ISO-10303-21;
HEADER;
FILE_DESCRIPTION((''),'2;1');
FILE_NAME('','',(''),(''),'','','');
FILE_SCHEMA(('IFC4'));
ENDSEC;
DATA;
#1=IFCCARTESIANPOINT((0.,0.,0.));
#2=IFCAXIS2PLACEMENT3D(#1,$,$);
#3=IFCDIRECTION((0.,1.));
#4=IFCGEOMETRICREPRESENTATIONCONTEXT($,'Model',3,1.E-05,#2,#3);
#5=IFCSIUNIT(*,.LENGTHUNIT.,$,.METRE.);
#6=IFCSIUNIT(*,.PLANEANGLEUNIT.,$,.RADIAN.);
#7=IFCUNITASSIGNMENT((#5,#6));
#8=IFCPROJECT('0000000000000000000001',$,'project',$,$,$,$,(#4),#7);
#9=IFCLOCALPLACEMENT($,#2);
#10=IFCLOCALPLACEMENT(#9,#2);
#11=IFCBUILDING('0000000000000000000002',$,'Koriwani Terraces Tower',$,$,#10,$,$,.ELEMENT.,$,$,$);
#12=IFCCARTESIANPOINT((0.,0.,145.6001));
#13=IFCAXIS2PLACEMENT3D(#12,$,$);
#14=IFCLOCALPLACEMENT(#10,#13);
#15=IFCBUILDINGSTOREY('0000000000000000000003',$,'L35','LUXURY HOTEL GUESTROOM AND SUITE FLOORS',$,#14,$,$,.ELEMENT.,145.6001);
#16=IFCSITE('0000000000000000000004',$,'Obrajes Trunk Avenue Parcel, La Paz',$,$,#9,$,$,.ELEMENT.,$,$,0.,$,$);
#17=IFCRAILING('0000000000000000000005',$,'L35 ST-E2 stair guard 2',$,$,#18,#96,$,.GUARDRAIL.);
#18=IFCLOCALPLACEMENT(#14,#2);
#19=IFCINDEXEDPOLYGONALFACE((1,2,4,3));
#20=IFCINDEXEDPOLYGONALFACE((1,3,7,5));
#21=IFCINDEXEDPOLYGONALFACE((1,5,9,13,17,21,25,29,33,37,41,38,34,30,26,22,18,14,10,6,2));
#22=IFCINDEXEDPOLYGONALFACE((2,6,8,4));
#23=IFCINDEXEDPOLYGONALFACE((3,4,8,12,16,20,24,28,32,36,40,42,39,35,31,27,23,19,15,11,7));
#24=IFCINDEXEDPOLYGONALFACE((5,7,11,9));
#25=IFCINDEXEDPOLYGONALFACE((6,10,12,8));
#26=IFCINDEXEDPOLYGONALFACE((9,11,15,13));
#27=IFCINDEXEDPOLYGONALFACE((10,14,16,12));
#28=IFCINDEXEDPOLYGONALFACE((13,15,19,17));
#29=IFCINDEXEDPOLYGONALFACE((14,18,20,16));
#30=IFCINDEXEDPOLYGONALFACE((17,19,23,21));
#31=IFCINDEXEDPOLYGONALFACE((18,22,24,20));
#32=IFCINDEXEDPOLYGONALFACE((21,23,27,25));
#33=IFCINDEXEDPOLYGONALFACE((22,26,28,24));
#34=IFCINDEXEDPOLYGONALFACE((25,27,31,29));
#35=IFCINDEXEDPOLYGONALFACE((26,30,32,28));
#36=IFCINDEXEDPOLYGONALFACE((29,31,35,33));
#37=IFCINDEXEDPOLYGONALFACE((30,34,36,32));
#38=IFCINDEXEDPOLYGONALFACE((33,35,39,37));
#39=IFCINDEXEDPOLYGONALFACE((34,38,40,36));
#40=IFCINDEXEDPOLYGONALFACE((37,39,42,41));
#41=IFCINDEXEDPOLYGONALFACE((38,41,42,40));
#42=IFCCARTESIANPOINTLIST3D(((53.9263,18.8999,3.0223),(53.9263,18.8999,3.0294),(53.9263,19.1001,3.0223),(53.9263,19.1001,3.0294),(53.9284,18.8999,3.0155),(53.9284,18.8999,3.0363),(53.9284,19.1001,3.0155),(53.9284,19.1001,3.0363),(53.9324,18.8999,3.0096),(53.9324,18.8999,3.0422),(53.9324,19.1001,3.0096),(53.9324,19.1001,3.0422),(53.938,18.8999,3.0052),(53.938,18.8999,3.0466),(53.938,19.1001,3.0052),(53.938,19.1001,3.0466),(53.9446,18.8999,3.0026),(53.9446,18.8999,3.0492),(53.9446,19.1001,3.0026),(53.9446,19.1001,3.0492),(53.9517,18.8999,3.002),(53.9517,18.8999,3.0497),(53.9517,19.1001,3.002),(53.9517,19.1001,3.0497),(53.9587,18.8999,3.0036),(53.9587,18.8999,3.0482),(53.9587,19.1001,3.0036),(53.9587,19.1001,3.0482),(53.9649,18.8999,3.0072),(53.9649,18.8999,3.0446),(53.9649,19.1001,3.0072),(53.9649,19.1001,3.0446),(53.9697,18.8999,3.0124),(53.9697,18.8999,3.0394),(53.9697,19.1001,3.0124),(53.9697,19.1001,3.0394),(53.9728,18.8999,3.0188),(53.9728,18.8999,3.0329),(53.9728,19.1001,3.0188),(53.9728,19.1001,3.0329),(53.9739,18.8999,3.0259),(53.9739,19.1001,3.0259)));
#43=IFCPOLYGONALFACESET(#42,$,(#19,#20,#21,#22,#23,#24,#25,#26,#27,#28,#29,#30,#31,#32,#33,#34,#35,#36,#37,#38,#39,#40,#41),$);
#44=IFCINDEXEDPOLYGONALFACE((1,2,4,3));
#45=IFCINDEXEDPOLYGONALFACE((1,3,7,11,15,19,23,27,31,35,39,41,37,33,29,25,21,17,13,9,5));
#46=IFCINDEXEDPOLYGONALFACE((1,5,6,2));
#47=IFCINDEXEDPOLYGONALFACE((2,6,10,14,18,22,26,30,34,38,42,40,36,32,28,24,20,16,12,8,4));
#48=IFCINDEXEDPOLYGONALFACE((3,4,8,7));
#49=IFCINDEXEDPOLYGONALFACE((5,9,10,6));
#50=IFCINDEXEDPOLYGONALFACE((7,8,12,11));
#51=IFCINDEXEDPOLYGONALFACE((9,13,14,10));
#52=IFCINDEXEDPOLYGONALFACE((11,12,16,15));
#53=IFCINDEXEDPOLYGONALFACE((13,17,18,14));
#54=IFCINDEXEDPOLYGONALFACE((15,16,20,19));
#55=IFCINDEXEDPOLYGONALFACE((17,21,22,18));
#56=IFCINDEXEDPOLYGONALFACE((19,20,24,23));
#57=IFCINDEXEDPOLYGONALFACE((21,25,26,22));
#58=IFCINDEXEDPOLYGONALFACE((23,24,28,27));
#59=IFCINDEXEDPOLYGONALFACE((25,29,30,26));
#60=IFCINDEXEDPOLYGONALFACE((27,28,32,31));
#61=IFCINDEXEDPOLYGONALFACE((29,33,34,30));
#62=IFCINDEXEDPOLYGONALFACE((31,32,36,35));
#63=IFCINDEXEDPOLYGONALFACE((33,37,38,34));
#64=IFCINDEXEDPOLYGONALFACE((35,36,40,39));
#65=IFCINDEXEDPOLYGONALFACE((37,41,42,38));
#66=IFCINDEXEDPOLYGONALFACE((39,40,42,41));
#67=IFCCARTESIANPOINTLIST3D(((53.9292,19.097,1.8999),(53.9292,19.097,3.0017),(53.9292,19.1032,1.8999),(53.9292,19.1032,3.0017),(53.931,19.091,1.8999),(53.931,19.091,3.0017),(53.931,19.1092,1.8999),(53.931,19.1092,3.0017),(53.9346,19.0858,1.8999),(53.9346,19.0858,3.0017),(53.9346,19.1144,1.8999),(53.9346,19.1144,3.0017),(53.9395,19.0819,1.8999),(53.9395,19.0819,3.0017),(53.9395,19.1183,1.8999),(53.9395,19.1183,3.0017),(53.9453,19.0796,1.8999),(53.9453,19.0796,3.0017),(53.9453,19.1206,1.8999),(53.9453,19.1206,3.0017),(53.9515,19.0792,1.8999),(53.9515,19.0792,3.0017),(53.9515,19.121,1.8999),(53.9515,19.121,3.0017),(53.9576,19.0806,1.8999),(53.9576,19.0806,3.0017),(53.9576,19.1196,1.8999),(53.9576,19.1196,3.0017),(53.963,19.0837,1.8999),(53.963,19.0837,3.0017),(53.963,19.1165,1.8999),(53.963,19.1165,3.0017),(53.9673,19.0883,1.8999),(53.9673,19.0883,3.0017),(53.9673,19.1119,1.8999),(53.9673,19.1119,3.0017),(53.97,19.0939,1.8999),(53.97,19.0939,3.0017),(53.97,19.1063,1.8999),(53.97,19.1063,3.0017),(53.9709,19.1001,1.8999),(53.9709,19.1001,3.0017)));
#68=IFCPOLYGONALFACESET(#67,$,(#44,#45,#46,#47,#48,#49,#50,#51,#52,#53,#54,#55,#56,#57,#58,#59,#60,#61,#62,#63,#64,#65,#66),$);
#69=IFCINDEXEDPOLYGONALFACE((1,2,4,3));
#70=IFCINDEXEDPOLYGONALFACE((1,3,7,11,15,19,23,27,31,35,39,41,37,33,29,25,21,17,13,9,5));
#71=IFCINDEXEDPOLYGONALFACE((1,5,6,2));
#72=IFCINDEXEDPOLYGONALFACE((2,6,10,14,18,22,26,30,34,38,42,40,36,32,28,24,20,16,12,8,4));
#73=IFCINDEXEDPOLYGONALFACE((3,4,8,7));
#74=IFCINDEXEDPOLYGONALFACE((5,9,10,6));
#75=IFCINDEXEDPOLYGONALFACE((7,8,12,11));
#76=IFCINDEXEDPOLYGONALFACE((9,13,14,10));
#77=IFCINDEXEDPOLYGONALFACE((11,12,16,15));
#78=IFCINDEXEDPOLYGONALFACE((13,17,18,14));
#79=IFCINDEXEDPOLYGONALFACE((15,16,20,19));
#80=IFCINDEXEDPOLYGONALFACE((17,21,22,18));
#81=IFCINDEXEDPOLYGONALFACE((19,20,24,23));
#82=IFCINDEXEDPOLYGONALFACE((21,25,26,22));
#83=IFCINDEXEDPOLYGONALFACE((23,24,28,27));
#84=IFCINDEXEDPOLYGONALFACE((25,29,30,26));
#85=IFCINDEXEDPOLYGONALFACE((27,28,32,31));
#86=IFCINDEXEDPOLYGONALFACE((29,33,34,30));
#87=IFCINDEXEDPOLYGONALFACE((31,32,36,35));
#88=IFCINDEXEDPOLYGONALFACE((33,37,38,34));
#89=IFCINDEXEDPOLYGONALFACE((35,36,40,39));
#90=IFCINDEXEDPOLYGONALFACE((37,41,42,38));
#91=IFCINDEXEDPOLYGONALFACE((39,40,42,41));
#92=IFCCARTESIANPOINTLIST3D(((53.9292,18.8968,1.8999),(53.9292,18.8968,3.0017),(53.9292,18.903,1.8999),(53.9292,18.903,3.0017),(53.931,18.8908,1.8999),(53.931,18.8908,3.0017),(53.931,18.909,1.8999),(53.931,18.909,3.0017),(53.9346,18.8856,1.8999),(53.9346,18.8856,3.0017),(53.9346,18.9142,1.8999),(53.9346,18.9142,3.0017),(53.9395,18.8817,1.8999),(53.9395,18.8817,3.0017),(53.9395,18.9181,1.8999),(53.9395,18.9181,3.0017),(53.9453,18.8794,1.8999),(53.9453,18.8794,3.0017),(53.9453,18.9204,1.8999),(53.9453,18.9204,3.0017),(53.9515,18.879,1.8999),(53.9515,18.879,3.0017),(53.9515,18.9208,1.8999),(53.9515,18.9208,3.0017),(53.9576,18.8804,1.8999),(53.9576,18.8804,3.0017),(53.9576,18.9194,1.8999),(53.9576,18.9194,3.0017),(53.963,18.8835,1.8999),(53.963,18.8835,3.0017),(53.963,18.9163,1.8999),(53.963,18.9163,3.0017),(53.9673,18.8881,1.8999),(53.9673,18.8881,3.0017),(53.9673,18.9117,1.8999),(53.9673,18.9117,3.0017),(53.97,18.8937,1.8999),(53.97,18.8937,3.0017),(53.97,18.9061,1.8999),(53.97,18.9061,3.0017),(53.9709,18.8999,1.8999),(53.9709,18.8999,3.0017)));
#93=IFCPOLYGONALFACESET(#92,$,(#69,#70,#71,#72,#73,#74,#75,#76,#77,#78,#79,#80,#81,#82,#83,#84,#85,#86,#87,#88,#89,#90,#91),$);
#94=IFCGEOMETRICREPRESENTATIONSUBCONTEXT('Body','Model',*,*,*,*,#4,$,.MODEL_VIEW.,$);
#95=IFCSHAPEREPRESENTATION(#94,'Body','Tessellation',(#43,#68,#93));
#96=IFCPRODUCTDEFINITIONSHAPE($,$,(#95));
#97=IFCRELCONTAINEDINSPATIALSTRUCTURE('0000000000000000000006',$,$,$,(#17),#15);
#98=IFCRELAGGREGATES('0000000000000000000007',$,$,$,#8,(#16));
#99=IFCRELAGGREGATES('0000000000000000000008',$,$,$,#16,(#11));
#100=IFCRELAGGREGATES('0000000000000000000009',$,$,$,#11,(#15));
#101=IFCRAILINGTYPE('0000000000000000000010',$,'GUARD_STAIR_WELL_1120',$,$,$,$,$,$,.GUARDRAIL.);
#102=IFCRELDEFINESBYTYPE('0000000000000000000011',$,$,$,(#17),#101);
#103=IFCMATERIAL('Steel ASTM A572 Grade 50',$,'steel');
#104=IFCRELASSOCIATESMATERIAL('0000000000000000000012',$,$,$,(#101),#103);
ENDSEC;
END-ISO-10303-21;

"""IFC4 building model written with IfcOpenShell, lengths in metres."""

from ifc_helpers import new_model, si_unit, direction, frame, origin, origin_2d, place, context, subcontext, project, spatial, circle, extrude, material, type_object, element, save


model = new_model("IFC4")

# Units and contexts
model_context = context("Model", 3, precision=1e-05, world=origin(), true_north=direction((0.0, 1.0)))
body_context = subcontext(model_context, "Body", "Model", "MODEL_VIEW")
ifc_project = project(units=[si_unit("LENGTHUNIT", "METRE"), si_unit("PLANEANGLEUNIT", "RADIAN")], contexts=[model_context])

# Site, building, storey
site_placement = place(None, origin())
site = spatial("IfcSite", under=ifc_project, at=site_placement, Name="Obrajes Trunk Avenue Parcel, La Paz", CompositionType="ELEMENT", RefElevation=0.0)
building_placement = place(site_placement, origin())
building = spatial("IfcBuilding", under=site, at=building_placement, Name="Koriwani Terraces Tower", CompositionType="ELEMENT")
storey_placement = place(building_placement, frame((0.0, 0.0, 145.6001)))
storey = spatial("IfcBuildingStorey", under=building, at=storey_placement, Name="L35", Description="LUXURY HOTEL GUESTROOM AND SUITE FLOORS", CompositionType="ELEMENT", Elevation=145.6001)

# Shared definitions
ifc_material_1 = material(Name="Steel ASTM A572 Grade 50", Category="steel")

# Railing
railing_type_1 = type_object("IfcRailingType", Name="GUARD_STAIR_WELL_1120", PredefinedType="GUARDRAIL", material=ifc_material_1)
railing_1_placement = place(storey_placement, frame((53.95, 19.1001, 1.8999)))
element("IfcRailing", 1, at=railing_1_placement, inside=storey, type_object=railing_type_1, Name="L35 ST-E2 stair guard 2", PredefinedType="GUARDRAIL", context=body_context, shape_type="SweptSolid", body=[
    extrude(circle(Radius=0.0239, at=origin_2d()), frame((0.0, 0.0, 1.126), z_axis=(0.0, -1.0, 0.0), x_axis=(1.0, 0.0, 0.0)), (0.0, 0.0, 1.0), 0.2002),
    extrude(circle(Radius=0.021, at=origin_2d()), origin(), (0.0, 0.0, 1.0), 1.1018),
    extrude(circle(Radius=0.021, at=origin_2d()), frame((0.0, -0.2002, 0.0)), (0.0, 0.0, 1.0), 1.1018),
])

save(model, "model.ifc")
